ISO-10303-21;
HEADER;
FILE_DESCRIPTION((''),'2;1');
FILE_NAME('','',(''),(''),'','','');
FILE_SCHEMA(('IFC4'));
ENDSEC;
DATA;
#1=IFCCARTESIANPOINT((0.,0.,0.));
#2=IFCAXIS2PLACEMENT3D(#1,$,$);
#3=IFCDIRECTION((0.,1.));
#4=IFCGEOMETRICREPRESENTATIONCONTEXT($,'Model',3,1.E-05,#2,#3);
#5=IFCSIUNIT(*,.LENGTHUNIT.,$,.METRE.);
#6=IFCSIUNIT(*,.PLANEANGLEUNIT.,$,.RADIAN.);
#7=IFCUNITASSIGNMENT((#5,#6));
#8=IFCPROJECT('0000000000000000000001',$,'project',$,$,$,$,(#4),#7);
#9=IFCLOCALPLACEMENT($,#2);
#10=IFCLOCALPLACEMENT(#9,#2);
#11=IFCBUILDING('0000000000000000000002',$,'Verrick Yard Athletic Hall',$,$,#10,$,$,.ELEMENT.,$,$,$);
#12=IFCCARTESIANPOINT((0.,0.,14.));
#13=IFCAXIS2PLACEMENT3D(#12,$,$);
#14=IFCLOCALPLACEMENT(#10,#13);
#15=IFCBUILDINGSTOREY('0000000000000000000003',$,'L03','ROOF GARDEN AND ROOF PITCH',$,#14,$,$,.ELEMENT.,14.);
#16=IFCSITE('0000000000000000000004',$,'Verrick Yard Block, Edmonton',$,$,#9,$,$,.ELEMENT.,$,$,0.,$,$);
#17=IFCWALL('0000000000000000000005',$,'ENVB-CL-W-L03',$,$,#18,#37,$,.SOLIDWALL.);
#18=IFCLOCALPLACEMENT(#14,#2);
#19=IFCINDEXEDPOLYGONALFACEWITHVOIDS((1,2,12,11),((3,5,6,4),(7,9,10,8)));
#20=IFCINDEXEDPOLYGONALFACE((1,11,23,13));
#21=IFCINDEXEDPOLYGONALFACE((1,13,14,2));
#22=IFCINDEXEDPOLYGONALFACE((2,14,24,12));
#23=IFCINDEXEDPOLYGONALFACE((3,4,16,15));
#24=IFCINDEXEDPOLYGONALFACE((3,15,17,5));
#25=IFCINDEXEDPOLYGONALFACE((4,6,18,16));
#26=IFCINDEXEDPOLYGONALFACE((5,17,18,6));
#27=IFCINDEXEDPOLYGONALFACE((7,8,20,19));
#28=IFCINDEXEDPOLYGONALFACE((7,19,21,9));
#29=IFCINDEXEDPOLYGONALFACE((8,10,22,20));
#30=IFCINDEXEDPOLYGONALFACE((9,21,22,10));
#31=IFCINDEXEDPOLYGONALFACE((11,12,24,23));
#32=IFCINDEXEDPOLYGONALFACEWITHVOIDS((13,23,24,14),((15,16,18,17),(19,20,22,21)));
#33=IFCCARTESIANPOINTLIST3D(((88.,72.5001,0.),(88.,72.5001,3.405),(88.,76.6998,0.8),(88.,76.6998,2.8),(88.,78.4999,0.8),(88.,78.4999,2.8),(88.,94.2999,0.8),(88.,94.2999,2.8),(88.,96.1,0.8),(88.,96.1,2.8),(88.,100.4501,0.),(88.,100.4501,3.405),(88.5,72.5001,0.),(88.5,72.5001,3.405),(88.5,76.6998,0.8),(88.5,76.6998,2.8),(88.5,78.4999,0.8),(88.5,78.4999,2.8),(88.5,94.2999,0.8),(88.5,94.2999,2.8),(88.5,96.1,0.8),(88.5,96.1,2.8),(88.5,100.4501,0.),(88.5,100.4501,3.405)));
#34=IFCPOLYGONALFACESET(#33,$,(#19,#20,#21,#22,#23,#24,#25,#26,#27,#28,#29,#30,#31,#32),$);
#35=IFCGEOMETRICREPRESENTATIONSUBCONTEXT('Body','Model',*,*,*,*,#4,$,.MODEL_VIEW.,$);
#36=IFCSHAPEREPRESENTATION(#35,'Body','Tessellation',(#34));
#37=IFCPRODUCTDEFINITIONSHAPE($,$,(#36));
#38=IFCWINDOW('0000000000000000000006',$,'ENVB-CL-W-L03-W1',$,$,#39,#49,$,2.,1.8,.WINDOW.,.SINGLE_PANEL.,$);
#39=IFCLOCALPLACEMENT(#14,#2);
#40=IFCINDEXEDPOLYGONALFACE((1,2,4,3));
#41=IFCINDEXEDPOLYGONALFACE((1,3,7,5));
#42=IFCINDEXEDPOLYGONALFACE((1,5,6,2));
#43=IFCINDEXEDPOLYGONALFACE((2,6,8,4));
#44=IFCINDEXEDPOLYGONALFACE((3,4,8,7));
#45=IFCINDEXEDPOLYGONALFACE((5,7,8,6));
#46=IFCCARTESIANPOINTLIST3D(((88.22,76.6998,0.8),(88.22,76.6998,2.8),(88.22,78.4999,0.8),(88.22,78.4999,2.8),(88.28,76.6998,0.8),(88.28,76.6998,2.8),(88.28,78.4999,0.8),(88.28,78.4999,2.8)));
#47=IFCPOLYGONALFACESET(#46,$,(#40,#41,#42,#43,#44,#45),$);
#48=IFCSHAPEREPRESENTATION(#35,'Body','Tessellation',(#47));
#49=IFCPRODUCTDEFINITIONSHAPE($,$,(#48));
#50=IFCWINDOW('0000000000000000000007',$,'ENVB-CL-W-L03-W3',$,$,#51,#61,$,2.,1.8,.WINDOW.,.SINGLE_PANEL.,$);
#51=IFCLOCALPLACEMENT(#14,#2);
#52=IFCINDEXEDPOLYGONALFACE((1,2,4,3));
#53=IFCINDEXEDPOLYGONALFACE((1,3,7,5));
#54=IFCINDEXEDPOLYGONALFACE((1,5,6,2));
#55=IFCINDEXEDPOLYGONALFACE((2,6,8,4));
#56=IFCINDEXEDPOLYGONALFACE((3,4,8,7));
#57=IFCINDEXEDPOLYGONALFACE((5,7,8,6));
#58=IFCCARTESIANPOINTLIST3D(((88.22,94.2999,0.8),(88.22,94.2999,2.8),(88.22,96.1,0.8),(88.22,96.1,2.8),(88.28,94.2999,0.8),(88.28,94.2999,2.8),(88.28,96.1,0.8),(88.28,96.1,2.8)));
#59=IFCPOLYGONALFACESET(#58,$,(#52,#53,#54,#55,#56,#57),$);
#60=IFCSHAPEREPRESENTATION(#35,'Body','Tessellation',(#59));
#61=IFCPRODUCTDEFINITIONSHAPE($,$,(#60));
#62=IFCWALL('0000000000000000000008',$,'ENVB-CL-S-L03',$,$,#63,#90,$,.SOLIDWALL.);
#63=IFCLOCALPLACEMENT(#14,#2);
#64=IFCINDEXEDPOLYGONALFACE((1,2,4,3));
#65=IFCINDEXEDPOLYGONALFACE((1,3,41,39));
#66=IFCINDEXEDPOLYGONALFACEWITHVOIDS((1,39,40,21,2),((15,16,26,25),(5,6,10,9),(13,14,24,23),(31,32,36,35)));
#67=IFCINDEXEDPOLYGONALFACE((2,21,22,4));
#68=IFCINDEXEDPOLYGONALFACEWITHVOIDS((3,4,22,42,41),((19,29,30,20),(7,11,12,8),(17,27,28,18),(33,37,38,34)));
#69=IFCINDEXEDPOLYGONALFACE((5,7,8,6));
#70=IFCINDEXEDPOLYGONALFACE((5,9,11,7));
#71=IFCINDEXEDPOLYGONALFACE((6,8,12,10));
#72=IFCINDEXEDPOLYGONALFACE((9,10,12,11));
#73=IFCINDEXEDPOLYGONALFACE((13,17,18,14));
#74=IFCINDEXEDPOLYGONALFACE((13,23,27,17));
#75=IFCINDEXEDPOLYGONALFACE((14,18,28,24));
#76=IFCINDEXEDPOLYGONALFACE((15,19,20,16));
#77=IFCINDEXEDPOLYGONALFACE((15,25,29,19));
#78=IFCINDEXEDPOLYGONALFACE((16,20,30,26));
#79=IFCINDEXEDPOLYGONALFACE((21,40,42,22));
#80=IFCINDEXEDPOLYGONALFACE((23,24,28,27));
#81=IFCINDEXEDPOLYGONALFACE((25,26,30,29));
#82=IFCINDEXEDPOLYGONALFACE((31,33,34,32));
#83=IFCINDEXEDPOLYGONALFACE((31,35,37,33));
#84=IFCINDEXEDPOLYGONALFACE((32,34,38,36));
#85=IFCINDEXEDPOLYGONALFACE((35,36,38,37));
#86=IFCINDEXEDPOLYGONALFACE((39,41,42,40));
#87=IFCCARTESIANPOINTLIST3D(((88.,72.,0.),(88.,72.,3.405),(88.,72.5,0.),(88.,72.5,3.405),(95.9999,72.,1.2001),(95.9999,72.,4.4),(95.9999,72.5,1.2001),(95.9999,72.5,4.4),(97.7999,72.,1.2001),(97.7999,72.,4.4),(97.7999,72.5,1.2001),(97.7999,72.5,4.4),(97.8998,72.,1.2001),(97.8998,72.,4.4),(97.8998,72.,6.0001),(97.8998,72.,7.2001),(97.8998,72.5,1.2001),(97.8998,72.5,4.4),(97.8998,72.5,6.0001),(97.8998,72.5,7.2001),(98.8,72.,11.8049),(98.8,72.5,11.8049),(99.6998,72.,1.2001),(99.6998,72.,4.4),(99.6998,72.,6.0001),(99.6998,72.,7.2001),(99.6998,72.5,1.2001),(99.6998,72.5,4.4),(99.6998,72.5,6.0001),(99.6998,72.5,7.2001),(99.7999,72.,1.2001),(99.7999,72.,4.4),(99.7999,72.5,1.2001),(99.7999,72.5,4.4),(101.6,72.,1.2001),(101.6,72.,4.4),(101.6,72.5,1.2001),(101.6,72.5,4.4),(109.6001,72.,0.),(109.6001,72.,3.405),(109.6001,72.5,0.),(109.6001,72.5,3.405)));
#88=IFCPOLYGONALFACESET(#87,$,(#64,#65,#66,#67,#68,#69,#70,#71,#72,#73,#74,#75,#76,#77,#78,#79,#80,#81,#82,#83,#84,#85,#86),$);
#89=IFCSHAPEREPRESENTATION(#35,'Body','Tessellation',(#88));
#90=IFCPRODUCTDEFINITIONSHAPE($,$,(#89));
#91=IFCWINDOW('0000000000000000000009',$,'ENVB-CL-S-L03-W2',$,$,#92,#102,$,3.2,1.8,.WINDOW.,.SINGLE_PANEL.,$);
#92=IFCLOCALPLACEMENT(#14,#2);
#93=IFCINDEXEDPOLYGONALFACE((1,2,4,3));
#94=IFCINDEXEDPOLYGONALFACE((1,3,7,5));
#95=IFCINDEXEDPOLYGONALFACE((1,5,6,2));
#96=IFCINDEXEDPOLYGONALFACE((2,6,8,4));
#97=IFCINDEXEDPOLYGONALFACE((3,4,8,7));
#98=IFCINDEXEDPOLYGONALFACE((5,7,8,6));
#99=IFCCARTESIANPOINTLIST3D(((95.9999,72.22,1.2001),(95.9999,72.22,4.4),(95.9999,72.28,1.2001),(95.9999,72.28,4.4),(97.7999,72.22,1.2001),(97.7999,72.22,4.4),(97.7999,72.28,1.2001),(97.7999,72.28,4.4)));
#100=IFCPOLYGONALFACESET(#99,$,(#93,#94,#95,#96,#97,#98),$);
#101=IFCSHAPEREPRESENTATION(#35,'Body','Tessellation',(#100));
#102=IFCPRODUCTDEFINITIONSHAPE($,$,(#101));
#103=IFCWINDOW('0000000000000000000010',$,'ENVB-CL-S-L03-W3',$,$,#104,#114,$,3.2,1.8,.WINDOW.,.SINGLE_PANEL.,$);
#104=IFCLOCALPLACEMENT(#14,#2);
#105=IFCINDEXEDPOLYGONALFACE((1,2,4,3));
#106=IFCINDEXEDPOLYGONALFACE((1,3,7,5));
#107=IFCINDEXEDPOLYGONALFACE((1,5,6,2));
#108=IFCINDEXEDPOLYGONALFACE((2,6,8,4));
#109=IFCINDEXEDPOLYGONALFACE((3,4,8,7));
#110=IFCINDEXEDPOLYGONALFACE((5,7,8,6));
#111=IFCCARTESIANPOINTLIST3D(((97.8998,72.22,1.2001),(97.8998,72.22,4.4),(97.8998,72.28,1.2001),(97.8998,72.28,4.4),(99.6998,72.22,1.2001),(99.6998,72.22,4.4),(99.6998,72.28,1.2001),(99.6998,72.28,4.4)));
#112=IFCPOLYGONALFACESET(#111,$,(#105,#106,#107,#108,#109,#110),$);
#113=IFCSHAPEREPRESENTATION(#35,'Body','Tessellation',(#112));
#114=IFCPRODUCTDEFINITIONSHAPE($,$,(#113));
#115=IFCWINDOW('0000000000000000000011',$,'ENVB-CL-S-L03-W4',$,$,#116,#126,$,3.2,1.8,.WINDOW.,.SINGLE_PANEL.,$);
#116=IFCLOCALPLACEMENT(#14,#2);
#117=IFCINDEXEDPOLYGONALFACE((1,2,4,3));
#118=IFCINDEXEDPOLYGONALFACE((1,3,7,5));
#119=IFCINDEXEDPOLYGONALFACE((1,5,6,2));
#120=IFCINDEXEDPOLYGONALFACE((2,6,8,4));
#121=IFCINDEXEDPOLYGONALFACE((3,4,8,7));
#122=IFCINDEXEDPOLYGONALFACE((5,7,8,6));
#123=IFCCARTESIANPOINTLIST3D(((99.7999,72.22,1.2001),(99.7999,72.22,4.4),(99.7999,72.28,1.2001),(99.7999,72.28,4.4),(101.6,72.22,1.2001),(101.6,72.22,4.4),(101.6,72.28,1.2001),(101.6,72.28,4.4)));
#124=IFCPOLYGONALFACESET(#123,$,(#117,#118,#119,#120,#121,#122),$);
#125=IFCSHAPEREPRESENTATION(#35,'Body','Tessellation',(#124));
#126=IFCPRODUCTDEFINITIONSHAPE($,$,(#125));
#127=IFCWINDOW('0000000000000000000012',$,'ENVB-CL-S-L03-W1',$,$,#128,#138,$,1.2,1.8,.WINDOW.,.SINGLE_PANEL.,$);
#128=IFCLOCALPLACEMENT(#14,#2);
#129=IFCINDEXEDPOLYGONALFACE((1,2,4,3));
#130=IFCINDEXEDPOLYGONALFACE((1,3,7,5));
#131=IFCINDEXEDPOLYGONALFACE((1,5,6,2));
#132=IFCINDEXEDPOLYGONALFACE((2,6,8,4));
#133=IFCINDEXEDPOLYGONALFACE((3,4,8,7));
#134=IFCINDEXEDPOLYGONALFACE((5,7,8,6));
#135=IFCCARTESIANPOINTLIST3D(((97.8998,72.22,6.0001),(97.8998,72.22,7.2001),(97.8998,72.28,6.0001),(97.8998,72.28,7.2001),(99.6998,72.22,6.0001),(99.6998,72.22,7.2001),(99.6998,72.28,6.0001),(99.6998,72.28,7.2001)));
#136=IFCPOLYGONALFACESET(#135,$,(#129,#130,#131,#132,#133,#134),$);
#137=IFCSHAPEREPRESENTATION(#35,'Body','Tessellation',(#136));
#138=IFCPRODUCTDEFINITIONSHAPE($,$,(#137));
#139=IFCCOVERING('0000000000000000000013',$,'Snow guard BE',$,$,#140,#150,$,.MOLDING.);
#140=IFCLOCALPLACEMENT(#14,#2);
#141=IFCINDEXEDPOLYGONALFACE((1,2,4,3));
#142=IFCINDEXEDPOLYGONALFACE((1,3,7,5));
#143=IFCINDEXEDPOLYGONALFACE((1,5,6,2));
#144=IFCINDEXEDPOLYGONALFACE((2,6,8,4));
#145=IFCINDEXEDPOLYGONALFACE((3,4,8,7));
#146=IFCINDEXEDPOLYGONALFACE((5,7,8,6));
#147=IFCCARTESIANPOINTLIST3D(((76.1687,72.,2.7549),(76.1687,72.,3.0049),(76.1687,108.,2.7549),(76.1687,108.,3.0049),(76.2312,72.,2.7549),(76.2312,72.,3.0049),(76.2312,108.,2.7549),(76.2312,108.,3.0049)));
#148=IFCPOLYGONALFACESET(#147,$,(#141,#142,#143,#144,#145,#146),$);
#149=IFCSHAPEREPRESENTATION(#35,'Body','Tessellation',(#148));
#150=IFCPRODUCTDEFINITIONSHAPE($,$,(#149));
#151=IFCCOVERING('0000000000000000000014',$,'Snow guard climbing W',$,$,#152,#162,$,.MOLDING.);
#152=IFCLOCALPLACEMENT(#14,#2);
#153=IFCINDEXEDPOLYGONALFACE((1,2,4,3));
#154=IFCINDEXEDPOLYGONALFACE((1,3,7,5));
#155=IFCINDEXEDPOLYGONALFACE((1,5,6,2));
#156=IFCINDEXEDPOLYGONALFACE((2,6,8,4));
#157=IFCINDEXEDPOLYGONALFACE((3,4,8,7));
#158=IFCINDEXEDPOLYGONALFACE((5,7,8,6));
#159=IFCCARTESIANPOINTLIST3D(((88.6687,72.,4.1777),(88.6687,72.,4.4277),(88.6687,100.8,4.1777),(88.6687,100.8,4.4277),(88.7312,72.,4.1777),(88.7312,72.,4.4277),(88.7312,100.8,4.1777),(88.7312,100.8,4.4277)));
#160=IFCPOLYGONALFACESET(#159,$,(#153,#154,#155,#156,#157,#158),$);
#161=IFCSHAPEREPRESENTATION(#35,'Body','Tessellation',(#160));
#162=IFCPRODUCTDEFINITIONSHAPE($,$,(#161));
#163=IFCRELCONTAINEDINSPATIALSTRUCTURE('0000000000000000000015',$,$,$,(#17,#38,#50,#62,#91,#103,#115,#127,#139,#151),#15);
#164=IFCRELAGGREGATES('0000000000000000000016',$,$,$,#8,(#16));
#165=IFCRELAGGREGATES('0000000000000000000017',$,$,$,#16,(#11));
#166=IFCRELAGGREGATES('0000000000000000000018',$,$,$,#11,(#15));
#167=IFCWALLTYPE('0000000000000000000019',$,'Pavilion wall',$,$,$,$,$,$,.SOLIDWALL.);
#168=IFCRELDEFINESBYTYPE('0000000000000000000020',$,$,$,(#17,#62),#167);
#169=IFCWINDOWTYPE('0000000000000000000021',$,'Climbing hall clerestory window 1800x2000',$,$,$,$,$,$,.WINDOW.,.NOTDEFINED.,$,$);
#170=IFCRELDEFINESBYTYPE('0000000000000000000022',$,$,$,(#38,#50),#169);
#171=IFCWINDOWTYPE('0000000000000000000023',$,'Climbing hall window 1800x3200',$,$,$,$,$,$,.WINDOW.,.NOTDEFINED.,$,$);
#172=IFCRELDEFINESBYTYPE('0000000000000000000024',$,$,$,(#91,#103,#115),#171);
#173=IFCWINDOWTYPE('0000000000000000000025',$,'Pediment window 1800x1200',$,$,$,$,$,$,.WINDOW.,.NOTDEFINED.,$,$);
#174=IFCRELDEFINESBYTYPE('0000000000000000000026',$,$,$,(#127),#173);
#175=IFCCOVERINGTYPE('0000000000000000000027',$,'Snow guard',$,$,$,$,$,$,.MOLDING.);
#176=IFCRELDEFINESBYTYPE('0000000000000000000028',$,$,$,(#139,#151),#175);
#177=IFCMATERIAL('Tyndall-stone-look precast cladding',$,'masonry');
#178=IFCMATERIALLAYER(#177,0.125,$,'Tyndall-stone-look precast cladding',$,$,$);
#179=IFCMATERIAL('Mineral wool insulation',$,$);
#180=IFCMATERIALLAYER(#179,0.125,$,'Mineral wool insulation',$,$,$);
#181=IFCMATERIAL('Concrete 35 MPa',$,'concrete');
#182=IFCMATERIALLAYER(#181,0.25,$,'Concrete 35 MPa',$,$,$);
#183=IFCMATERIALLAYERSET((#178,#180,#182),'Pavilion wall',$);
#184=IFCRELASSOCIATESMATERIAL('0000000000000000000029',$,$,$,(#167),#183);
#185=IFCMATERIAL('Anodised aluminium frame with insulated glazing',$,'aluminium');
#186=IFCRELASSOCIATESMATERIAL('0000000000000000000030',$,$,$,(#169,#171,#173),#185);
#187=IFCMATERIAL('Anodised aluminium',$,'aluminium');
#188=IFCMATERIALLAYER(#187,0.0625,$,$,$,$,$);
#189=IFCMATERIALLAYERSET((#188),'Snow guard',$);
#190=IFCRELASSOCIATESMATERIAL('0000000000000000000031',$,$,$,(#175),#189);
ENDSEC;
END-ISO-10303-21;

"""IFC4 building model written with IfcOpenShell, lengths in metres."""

from ifc_helpers import new_model, si_unit, direction, frame, frame_2d, origin, place, context, subcontext, project, spatial, polyline, rectangle, outline, extrude, material, layer, layer_set, type_object, element, fill, save


model = new_model("IFC4")

# Units and contexts
model_context = context("Model", 3, precision=1e-05, world=origin(), true_north=direction((0.0, 1.0)))
body_context = subcontext(model_context, "Body", "Model", "MODEL_VIEW")
ifc_project = project(units=[si_unit("LENGTHUNIT", "METRE"), si_unit("PLANEANGLEUNIT", "RADIAN")], contexts=[model_context])

# Site, building, storey
site_placement = place(None, origin())
site = spatial("IfcSite", under=ifc_project, at=site_placement, Name="Verrick Yard Block, Edmonton", CompositionType="ELEMENT", RefElevation=0.0)
building_placement = place(site_placement, origin())
building = spatial("IfcBuilding", under=site, at=building_placement, Name="Verrick Yard Athletic Hall", CompositionType="ELEMENT")
storey_placement = place(building_placement, frame((0.0, 0.0, 14.0)))
storey = spatial("IfcBuildingStorey", under=building, at=storey_placement, Name="L03", Description="ROOF GARDEN AND ROOF PITCH", CompositionType="ELEMENT", Elevation=14.0)

# Shared definitions
ifc_material_1 = material(Name="Mineral wool insulation")
ifc_material_2 = material(Name="Concrete 35 MPa", Category="concrete")

# Walls, openings, windows
ifc_material_3 = material(Name="Tyndall-stone-look precast cladding", Category="masonry")
ifc_layer_1 = layer(ifc_material_3, 0.125, Name="Tyndall-stone-look precast cladding")
ifc_layer_2 = layer(ifc_material_1, 0.125, Name="Mineral wool insulation")
ifc_layer_3 = layer(ifc_material_2, 0.25, Name="Concrete 35 MPa")
ifc_layer_set_1 = layer_set([ifc_layer_1, ifc_layer_2, ifc_layer_3], Name="Pavilion wall")
wall_type_1 = type_object("IfcWallType", Name="Pavilion wall", PredefinedType="SOLIDWALL", material=ifc_layer_set_1)
wall_1_placement = place(storey_placement, frame((88.25, 72.5, 0.0), z_axis=(0.0, 0.0, 1.0), x_axis=(0.0, 1.0, 0.0)))
wall_1 = element("IfcWall", 1, at=wall_1_placement, inside=storey, type_object=wall_type_1, Name="ENVB-CL-W-L03", PredefinedType="SOLIDWALL", context=body_context, shape_type="SweptSolid", body=[
    extrude(rectangle(XDim=27.95, YDim=0.5, at=frame_2d((13.9751, 0.0))), origin(), (0.0, 0.0, 1.0), 3.405),
])
opening_1_placement = place(wall_1_placement, frame((4.2, 0.0, 0.8)))
opening_1 = element("IfcOpeningElement", 2, at=opening_1_placement, cuts=wall_1, PredefinedType="OPENING", context=body_context, shape_type="SweptSolid", body=[
    extrude(rectangle(XDim=1.8, YDim=2.0, at=frame_2d((0.8999, 1.0))), frame((0.0, 0.26, 0.0), z_axis=(0.0, -1.0, 0.0), x_axis=(1.0, 0.0, 0.0)), (0.0, 0.0, 1.0), 0.52),
])
opening_2_placement = place(wall_1_placement, frame((21.8, 0.0, 0.8)))
opening_2 = element("IfcOpeningElement", 3, at=opening_2_placement, cuts=wall_1, PredefinedType="OPENING", context=body_context, shape_type="SweptSolid", body=[
    extrude(rectangle(XDim=1.8, YDim=2.0, at=frame_2d((0.8999, 1.0))), frame((0.0, 0.26, 0.0), z_axis=(0.0, -1.0, 0.0), x_axis=(1.0, 0.0, 0.0)), (0.0, 0.0, 1.0), 0.52),
])
ifc_material_4 = material(Name="Anodised aluminium frame with insulated glazing", Category="aluminium")
window_type_1 = type_object("IfcWindowType", Name="Climbing hall clerestory window 1800x2000", PartitioningType="NOTDEFINED", PredefinedType="WINDOW", material=ifc_material_4)
window_1_placement = place(opening_1_placement, origin())
window_1 = element("IfcWindow", 4, at=window_1_placement, inside=storey, type_object=window_type_1, Name="ENVB-CL-W-L03-W1", OverallHeight=2.0, OverallWidth=1.8, PartitioningType="SINGLE_PANEL", PredefinedType="WINDOW", context=body_context, shape_type="SweptSolid", body=[
    extrude(rectangle(XDim=1.8, YDim=2.0, at=frame_2d((0.8999, 1.0))), frame((0.0, 0.03, 0.0), z_axis=(0.0, -1.0, 0.0), x_axis=(1.0, 0.0, 0.0)), (0.0, 0.0, 1.0), 0.0601),
])
fill(opening_1, window_1)
window_2_placement = place(opening_2_placement, origin())
window_2 = element("IfcWindow", 5, at=window_2_placement, inside=storey, type_object=window_type_1, Name="ENVB-CL-W-L03-W3", OverallHeight=2.0, OverallWidth=1.8, PartitioningType="SINGLE_PANEL", PredefinedType="WINDOW", context=body_context, shape_type="SweptSolid", body=[
    extrude(rectangle(XDim=1.8, YDim=2.0, at=frame_2d((0.8999, 1.0))), frame((0.0, 0.03, 0.0), z_axis=(0.0, -1.0, 0.0), x_axis=(1.0, 0.0, 0.0)), (0.0, 0.0, 1.0), 0.0601),
])
fill(opening_2, window_2)
wall_2_placement = place(storey_placement, frame((88.0, 72.25, 0.0), z_axis=(0.0, 0.0, 1.0), x_axis=(1.0, 0.0, 0.0)))
wall_2 = element("IfcWall", 6, at=wall_2_placement, inside=storey, type_object=wall_type_1, Name="ENVB-CL-S-L03", PredefinedType="SOLIDWALL", context=body_context, shape_type="SweptSolid", body=[
    extrude(outline(polyline([(0.0, 0.0), (21.6001, 0.0), (21.6001, 3.405), (10.8, 11.8049), (0.0, 3.405), (0.0, 0.0)])), frame((0.0, 0.25, 0.0), z_axis=(0.0, -1.0, 0.0), x_axis=(1.0, 0.0, 0.0)), (0.0, 0.0, 1.0), 0.5),
])
opening_3_placement = place(wall_2_placement, frame((9.8999, 0.0, 6.0)))
opening_3 = element("IfcOpeningElement", 7, at=opening_3_placement, cuts=wall_2, PredefinedType="OPENING", context=body_context, shape_type="SweptSolid", body=[
    extrude(rectangle(XDim=1.8, YDim=1.2, at=frame_2d((0.8999, 0.6001))), frame((0.0, 0.26, 0.0), z_axis=(0.0, -1.0, 0.0), x_axis=(1.0, 0.0, 0.0)), (0.0, 0.0, 1.0), 0.52),
])
opening_4_placement = place(wall_2_placement, frame((8.0, 0.0, 1.2)))
opening_4 = element("IfcOpeningElement", 8, at=opening_4_placement, cuts=wall_2, PredefinedType="OPENING", context=body_context, shape_type="SweptSolid", body=[
    extrude(rectangle(XDim=1.8, YDim=3.2, at=frame_2d((0.8999, 1.6001))), frame((0.0, 0.26, 0.0), z_axis=(0.0, -1.0, 0.0), x_axis=(1.0, 0.0, 0.0)), (0.0, 0.0, 1.0), 0.52),
])
opening_5_placement = place(wall_2_placement, frame((9.8999, 0.0, 1.2)))
opening_5 = element("IfcOpeningElement", 9, at=opening_5_placement, cuts=wall_2, PredefinedType="OPENING", context=body_context, shape_type="SweptSolid", body=[
    extrude(rectangle(XDim=1.8, YDim=3.2, at=frame_2d((0.8999, 1.6001))), frame((0.0, 0.26, 0.0), z_axis=(0.0, -1.0, 0.0), x_axis=(1.0, 0.0, 0.0)), (0.0, 0.0, 1.0), 0.52),
])
opening_6_placement = place(wall_2_placement, frame((11.8, 0.0, 1.2)))
opening_6 = element("IfcOpeningElement", 10, at=opening_6_placement, cuts=wall_2, PredefinedType="OPENING", context=body_context, shape_type="SweptSolid", body=[
    extrude(rectangle(XDim=1.8, YDim=3.2, at=frame_2d((0.8999, 1.6001))), frame((0.0, 0.26, 0.0), z_axis=(0.0, -1.0, 0.0), x_axis=(1.0, 0.0, 0.0)), (0.0, 0.0, 1.0), 0.52),
])
window_type_2 = type_object("IfcWindowType", Name="Climbing hall window 1800x3200", PartitioningType="NOTDEFINED", PredefinedType="WINDOW", material=ifc_material_4)
window_3_placement = place(opening_4_placement, origin())
window_3 = element("IfcWindow", 11, at=window_3_placement, inside=storey, type_object=window_type_2, Name="ENVB-CL-S-L03-W2", OverallHeight=3.2, OverallWidth=1.8, PartitioningType="SINGLE_PANEL", PredefinedType="WINDOW", context=body_context, shape_type="SweptSolid", body=[
    extrude(rectangle(XDim=1.8, YDim=3.2, at=frame_2d((0.8999, 1.6001))), frame((0.0, 0.03, 0.0), z_axis=(0.0, -1.0, 0.0), x_axis=(1.0, 0.0, 0.0)), (0.0, 0.0, 1.0), 0.0601),
])
fill(opening_4, window_3)
window_4_placement = place(opening_5_placement, origin())
window_4 = element("IfcWindow", 12, at=window_4_placement, inside=storey, type_object=window_type_2, Name="ENVB-CL-S-L03-W3", OverallHeight=3.2, OverallWidth=1.8, PartitioningType="SINGLE_PANEL", PredefinedType="WINDOW", context=body_context, shape_type="SweptSolid", body=[
    extrude(rectangle(XDim=1.8, YDim=3.2, at=frame_2d((0.8999, 1.6001))), frame((0.0, 0.03, 0.0), z_axis=(0.0, -1.0, 0.0), x_axis=(1.0, 0.0, 0.0)), (0.0, 0.0, 1.0), 0.0601),
])
fill(opening_5, window_4)
window_5_placement = place(opening_6_placement, origin())
window_5 = element("IfcWindow", 13, at=window_5_placement, inside=storey, type_object=window_type_2, Name="ENVB-CL-S-L03-W4", OverallHeight=3.2, OverallWidth=1.8, PartitioningType="SINGLE_PANEL", PredefinedType="WINDOW", context=body_context, shape_type="SweptSolid", body=[
    extrude(rectangle(XDim=1.8, YDim=3.2, at=frame_2d((0.8999, 1.6001))), frame((0.0, 0.03, 0.0), z_axis=(0.0, -1.0, 0.0), x_axis=(1.0, 0.0, 0.0)), (0.0, 0.0, 1.0), 0.0601),
])
fill(opening_6, window_5)
window_type_3 = type_object("IfcWindowType", Name="Pediment window 1800x1200", PartitioningType="NOTDEFINED", PredefinedType="WINDOW", material=ifc_material_4)
window_6_placement = place(opening_3_placement, origin())
window_6 = element("IfcWindow", 14, at=window_6_placement, inside=storey, type_object=window_type_3, Name="ENVB-CL-S-L03-W1", OverallHeight=1.2, OverallWidth=1.8, PartitioningType="SINGLE_PANEL", PredefinedType="WINDOW", context=body_context, shape_type="SweptSolid", body=[
    extrude(rectangle(XDim=1.8, YDim=1.2, at=frame_2d((0.8999, 0.6001))), frame((0.0, 0.03, 0.0), z_axis=(0.0, -1.0, 0.0), x_axis=(1.0, 0.0, 0.0)), (0.0, 0.0, 1.0), 0.0601),
])
fill(opening_3, window_6)

# Coverings
ifc_material_5 = material(Name="Anodised aluminium", Category="aluminium")
ifc_layer_4 = layer(ifc_material_5, 0.0625)
ifc_layer_set_2 = layer_set([ifc_layer_4], Name="Snow guard")
covering_type = type_object("IfcCoveringType", Name="Snow guard", PredefinedType="MOLDING", material=ifc_layer_set_2)
covering_1_placement = place(storey_placement, frame((76.2, 72.0, 2.7549), z_axis=(0.0, 0.0, 1.0), x_axis=(0.0, 1.0, 0.0)))
element("IfcCovering", 15, at=covering_1_placement, inside=storey, type_object=covering_type, Name="Snow guard BE", PredefinedType="MOLDING", context=body_context, shape_type="SweptSolid", body=[
    extrude(outline(polyline([(0.0, 0.0), (36.0, 0.0), (36.0, 0.25), (0.0, 0.25), (0.0, 0.0)])), frame((0.0, 0.0312, 0.0), z_axis=(0.0, -1.0, 0.0), x_axis=(1.0, 0.0, 0.0)), (0.0, 0.0, 1.0), 0.0625),
])
covering_2_placement = place(storey_placement, frame((88.7, 72.0, 4.1777), z_axis=(0.0, 0.0, 1.0), x_axis=(0.0, 1.0, 0.0)))
element("IfcCovering", 16, at=covering_2_placement, inside=storey, type_object=covering_type, Name="Snow guard climbing W", PredefinedType="MOLDING", context=body_context, shape_type="SweptSolid", body=[
    extrude(outline(polyline([(0.0, 0.0), (28.8, 0.0), (28.8, 0.25), (0.0, 0.25), (0.0, 0.0)])), frame((0.0, 0.0312, 0.0), z_axis=(0.0, -1.0, 0.0), x_axis=(1.0, 0.0, 0.0)), (0.0, 0.0, 1.0), 0.0625),
])

save(model, "model.ifc")
